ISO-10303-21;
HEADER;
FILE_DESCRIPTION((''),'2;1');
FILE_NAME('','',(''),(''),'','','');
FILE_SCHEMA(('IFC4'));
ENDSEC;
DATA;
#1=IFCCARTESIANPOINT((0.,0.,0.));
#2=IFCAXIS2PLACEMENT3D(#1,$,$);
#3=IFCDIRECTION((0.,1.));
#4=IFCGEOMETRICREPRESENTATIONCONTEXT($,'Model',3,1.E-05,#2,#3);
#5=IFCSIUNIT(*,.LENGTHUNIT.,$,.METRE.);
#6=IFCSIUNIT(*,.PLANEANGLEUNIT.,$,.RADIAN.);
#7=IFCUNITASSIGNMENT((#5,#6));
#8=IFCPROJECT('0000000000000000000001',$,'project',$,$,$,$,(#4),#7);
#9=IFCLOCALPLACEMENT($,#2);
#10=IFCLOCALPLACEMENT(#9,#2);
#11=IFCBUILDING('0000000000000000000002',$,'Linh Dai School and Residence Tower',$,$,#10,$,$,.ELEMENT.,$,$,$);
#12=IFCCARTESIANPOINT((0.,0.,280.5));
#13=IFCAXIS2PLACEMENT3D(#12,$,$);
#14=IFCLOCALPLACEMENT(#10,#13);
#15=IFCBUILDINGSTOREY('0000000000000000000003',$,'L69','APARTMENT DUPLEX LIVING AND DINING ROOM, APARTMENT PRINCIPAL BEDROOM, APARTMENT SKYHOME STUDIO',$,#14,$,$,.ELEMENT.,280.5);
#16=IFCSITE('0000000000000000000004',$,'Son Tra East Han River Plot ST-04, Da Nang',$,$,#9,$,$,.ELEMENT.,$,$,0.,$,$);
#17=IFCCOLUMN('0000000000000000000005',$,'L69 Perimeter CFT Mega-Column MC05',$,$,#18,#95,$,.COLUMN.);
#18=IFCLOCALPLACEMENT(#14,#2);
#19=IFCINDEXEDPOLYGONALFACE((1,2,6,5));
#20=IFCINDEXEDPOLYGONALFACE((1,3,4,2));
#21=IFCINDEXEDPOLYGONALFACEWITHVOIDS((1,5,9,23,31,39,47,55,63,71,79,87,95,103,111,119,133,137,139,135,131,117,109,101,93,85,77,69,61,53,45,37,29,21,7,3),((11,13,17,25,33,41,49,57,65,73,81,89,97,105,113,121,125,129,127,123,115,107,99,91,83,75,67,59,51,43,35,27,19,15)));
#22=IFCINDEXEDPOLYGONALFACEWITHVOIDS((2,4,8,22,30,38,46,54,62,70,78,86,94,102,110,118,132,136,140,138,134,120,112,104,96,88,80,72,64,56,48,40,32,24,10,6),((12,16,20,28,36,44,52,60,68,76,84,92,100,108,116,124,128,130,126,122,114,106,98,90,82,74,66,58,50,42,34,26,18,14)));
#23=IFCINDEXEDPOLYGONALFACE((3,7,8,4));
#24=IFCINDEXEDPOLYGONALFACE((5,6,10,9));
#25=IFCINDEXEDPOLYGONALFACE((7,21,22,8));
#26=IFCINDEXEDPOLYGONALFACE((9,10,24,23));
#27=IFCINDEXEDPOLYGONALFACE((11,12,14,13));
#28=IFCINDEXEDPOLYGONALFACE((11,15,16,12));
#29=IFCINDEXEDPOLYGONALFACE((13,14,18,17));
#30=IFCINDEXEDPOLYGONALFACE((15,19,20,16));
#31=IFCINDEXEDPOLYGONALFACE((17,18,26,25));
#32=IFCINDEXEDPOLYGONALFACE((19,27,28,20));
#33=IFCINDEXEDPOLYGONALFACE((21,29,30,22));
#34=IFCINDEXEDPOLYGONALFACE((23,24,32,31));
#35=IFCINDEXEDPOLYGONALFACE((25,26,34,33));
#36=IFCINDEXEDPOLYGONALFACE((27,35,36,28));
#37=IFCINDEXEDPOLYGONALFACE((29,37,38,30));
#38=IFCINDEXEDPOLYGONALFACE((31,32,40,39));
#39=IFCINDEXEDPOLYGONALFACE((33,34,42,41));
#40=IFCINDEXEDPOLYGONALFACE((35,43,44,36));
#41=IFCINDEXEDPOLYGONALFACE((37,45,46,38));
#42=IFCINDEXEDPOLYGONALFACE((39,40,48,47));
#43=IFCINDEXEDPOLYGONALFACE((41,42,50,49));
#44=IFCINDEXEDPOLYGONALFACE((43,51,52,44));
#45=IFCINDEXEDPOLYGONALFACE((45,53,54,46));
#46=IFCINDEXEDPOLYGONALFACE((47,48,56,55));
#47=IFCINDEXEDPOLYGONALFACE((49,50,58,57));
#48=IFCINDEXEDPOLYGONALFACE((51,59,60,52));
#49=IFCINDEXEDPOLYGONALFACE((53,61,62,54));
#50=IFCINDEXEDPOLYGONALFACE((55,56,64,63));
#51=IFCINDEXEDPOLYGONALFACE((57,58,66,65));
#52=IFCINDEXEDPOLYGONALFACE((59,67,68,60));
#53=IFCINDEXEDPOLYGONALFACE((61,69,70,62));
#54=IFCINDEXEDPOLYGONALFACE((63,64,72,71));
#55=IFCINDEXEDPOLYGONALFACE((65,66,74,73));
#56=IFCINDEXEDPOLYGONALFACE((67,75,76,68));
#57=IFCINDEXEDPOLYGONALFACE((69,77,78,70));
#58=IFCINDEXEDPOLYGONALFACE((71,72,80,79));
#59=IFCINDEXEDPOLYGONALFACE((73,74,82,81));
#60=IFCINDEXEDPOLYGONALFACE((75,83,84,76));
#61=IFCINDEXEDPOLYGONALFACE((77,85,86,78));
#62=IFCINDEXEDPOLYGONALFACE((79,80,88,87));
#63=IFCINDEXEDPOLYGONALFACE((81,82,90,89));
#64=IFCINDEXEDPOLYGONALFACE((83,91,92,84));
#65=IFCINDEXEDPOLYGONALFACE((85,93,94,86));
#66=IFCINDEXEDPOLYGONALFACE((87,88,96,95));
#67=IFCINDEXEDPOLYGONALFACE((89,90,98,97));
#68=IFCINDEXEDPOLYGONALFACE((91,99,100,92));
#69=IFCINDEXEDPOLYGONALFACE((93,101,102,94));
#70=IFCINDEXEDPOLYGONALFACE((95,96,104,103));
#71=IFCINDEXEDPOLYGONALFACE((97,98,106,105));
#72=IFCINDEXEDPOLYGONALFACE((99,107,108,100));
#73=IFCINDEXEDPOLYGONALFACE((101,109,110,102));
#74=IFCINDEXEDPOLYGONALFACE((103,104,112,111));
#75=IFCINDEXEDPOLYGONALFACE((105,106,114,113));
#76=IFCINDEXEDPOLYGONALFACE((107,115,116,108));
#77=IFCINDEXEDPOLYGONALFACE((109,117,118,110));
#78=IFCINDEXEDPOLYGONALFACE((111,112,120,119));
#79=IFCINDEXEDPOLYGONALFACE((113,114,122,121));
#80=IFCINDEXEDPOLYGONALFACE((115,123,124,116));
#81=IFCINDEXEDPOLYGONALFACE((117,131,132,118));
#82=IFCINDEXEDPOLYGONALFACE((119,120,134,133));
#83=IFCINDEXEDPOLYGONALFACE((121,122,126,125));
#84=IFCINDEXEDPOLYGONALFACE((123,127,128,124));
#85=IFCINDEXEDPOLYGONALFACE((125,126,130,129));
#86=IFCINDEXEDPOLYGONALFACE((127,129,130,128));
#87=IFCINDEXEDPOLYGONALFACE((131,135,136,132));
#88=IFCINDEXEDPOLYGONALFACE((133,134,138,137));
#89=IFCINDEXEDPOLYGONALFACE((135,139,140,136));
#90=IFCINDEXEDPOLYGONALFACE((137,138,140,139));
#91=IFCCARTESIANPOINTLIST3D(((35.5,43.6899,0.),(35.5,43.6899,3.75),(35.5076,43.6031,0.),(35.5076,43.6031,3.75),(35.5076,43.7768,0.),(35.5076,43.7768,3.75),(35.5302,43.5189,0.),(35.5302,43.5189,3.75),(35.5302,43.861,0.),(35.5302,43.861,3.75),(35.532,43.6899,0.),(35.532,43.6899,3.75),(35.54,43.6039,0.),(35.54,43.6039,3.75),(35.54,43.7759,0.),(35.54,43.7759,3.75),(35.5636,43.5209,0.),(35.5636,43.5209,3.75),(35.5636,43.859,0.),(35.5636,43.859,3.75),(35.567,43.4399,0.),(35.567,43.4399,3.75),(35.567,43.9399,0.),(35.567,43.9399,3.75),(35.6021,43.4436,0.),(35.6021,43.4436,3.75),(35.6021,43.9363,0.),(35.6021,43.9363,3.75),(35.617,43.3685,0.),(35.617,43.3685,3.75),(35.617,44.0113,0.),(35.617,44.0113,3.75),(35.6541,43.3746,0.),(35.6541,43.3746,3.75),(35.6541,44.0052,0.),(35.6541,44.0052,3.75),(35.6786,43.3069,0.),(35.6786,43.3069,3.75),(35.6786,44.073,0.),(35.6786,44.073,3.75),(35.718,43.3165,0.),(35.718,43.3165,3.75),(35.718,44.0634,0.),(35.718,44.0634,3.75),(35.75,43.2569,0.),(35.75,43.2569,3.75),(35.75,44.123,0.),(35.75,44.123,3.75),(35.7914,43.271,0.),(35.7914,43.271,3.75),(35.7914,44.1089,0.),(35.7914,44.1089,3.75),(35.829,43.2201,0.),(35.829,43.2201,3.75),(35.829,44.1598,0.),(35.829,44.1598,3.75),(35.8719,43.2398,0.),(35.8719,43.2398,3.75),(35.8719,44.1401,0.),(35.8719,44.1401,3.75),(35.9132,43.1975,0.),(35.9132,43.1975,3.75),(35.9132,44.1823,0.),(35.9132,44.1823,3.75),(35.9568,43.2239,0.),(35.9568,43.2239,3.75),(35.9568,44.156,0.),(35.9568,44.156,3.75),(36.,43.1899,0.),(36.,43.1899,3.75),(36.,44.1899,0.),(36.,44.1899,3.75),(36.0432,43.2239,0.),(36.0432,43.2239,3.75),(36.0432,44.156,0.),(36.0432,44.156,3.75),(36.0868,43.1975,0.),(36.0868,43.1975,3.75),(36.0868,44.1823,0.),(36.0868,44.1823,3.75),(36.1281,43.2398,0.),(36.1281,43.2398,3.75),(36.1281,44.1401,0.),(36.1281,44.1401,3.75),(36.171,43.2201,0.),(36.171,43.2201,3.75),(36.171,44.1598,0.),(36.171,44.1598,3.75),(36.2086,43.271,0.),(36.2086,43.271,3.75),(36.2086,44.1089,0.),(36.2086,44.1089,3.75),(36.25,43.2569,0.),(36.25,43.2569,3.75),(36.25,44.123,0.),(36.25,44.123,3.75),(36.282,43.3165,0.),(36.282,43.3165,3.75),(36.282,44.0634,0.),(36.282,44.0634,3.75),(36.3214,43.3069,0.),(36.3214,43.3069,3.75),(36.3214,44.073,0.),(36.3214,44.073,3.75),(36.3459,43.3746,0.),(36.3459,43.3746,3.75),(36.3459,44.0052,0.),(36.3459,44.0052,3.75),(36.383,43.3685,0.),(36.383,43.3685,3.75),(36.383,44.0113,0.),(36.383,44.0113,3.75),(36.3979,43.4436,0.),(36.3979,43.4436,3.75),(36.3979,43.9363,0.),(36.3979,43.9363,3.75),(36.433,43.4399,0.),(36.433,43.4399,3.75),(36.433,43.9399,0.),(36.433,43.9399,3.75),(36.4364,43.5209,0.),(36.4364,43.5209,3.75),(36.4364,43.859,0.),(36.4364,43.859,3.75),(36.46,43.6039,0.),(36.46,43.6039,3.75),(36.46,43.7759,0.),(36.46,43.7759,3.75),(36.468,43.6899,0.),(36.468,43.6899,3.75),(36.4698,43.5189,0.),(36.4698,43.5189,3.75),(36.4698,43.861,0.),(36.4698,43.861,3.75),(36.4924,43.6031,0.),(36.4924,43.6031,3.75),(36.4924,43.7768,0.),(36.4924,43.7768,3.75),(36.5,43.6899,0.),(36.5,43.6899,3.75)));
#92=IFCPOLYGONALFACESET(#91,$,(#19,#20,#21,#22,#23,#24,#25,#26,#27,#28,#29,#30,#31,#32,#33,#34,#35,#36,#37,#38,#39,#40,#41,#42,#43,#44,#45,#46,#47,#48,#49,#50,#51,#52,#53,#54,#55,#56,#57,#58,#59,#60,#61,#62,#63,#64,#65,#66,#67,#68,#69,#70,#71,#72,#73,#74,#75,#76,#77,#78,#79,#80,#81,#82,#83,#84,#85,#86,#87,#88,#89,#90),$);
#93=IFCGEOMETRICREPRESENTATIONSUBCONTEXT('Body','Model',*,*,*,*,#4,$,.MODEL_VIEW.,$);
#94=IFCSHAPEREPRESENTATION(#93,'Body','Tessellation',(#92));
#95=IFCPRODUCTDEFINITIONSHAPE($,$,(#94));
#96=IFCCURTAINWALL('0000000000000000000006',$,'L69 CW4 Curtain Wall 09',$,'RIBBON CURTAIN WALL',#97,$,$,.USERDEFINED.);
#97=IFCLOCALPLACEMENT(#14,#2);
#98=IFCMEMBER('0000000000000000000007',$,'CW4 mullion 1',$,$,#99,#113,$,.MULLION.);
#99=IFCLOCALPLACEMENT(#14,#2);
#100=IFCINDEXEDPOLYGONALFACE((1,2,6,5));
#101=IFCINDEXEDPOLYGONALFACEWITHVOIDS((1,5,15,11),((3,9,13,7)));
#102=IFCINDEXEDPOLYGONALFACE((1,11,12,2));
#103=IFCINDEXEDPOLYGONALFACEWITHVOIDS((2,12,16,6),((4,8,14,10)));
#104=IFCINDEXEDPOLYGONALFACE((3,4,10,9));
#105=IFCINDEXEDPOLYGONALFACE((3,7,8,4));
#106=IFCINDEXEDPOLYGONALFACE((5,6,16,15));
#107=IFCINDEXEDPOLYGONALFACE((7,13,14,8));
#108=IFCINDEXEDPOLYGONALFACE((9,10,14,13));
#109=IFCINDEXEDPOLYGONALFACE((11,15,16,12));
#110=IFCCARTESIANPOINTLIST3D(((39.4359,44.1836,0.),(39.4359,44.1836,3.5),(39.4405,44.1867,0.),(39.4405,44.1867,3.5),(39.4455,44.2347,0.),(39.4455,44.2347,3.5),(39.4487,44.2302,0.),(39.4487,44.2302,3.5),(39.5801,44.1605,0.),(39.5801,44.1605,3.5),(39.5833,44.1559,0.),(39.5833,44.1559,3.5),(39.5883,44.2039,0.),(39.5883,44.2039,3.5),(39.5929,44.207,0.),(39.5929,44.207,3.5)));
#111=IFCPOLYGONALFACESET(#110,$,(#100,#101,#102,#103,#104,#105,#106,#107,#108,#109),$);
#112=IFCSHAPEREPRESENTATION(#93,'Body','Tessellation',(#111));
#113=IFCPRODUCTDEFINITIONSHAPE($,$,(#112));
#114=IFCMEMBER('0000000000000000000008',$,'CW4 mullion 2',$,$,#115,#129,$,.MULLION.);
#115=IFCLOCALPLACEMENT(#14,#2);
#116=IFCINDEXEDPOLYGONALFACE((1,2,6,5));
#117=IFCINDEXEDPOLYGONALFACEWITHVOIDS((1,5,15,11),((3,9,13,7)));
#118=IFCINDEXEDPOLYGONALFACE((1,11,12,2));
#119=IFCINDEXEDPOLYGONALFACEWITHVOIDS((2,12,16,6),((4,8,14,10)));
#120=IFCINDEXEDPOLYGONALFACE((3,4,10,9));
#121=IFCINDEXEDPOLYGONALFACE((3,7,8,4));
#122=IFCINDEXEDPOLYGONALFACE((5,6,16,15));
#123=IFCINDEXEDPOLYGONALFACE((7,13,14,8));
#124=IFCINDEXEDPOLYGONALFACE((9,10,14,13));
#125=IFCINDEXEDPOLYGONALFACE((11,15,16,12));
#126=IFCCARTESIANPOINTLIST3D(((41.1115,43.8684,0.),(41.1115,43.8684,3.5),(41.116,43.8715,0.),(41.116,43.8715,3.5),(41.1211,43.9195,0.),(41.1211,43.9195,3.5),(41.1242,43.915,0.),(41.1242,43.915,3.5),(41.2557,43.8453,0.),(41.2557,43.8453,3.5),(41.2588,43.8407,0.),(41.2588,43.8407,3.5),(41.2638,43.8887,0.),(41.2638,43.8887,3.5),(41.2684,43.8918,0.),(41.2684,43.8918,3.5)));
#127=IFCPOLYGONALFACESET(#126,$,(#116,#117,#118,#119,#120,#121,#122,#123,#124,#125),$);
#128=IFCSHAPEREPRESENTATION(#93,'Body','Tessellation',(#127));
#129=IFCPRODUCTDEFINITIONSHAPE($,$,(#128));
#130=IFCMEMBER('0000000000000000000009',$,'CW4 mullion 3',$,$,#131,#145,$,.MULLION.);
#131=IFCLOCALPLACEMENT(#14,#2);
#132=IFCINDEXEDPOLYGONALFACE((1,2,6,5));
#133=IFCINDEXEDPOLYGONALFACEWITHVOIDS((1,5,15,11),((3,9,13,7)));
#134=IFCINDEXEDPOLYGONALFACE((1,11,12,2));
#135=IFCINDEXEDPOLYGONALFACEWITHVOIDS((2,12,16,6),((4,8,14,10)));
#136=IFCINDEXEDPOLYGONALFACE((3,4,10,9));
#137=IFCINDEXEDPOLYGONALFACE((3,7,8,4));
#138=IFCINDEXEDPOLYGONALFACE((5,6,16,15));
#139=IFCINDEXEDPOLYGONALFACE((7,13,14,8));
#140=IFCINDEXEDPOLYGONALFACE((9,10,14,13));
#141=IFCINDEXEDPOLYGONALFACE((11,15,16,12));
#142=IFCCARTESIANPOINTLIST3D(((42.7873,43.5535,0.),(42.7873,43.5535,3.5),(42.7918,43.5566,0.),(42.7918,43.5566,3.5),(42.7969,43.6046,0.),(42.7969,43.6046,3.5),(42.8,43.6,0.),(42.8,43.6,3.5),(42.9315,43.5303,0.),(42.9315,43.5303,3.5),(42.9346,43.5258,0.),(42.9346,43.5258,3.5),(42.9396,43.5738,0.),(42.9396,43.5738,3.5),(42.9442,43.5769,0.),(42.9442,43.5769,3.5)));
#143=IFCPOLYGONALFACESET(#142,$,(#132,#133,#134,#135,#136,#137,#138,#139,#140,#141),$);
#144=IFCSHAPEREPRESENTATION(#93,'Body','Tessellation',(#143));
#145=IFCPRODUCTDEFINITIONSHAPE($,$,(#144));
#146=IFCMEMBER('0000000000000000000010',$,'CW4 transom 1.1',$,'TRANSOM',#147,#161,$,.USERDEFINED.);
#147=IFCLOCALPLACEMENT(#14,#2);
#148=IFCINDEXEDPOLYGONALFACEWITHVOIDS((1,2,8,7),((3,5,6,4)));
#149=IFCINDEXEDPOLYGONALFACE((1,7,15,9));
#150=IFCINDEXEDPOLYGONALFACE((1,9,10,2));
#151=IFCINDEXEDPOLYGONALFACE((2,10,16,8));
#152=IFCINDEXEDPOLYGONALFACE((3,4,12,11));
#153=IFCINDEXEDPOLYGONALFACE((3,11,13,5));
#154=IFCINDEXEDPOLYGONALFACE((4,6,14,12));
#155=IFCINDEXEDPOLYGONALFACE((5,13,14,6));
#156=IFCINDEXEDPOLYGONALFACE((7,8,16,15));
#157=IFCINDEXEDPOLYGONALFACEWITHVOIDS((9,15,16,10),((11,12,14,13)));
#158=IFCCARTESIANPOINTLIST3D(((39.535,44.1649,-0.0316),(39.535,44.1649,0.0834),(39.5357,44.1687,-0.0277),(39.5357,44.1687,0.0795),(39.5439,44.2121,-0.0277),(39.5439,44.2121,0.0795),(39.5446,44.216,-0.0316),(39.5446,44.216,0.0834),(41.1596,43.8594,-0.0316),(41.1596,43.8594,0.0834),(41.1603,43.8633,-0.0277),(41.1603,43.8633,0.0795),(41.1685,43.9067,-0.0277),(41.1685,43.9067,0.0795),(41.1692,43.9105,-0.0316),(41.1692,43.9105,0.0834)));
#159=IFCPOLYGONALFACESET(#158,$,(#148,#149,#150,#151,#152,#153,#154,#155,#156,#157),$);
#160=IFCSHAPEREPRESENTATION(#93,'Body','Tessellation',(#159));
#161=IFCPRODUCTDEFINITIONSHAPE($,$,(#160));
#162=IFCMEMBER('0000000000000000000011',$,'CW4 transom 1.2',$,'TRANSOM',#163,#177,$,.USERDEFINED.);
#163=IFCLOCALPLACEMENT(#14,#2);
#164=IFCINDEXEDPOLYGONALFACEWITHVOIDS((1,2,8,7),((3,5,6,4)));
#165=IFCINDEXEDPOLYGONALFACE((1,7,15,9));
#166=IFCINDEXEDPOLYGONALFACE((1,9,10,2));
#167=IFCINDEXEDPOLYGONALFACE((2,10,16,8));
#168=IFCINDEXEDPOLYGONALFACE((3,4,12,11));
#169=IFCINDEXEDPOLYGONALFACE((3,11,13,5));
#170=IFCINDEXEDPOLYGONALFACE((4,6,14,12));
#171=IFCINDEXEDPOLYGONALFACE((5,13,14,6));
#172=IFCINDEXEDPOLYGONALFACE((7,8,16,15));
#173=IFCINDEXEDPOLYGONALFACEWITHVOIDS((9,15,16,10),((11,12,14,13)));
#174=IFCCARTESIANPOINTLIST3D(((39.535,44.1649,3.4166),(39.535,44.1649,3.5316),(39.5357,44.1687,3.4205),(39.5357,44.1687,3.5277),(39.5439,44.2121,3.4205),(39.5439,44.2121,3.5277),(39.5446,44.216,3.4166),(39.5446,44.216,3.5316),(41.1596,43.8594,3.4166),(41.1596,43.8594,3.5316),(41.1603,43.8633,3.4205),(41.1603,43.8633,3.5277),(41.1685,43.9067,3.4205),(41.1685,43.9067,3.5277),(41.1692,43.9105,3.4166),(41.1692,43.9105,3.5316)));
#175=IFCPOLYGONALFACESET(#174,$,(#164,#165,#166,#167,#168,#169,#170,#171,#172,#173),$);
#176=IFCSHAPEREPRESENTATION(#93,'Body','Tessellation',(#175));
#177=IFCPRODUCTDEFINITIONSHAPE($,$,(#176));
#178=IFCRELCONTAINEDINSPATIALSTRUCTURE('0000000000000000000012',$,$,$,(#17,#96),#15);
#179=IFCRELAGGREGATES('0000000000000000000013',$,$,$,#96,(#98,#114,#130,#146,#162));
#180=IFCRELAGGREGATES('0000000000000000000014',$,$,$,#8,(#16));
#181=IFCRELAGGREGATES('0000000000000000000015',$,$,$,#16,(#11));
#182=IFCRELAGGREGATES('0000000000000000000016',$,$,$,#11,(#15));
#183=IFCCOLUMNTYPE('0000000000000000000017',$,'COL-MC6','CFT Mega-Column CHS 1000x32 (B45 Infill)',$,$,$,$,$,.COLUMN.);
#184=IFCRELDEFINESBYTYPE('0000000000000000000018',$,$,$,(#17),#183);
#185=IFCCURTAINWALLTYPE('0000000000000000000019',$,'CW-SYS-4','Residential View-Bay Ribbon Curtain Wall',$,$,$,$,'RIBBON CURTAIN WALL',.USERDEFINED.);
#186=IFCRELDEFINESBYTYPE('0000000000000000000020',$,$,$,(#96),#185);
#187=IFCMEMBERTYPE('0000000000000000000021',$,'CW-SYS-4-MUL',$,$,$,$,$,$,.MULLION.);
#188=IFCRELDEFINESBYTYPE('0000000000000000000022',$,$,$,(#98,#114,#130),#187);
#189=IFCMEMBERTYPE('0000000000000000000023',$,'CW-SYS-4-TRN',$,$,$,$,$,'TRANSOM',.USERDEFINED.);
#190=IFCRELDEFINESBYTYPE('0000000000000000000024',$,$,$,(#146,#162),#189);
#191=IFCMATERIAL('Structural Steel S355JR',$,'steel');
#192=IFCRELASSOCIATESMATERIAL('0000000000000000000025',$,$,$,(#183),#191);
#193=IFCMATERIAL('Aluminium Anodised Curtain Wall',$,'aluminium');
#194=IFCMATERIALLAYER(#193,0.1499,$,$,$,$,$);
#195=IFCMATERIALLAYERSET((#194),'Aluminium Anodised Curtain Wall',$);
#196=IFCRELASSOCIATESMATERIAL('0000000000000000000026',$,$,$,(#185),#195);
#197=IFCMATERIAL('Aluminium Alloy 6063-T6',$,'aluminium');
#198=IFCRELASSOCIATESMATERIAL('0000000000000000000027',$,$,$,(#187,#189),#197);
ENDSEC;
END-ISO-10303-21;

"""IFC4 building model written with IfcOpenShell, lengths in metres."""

from ifc_helpers import new_model, si_unit, direction, frame, origin, origin_2d, place, context, subcontext, project, spatial, hollow_rectangle, hollow_circle, extrude, source, transform, mapped, material, layer, layer_set, material_profile, profile_set, type_object, element, aggregate, save


model = new_model("IFC4")

# Units and contexts
model_context = context("Model", 3, precision=1e-05, world=origin(), true_north=direction((0.0, 1.0)))
body_context = subcontext(model_context, "Body", "Model", "MODEL_VIEW")
ifc_project = project(units=[si_unit("LENGTHUNIT", "METRE"), si_unit("PLANEANGLEUNIT", "RADIAN")], contexts=[model_context])

# Site, building, storey
site_placement = place(None, origin())
site = spatial("IfcSite", under=ifc_project, at=site_placement, Name="Son Tra East Han River Plot ST-04, Da Nang", CompositionType="ELEMENT", RefElevation=0.0)
building_placement = place(site_placement, origin())
building = spatial("IfcBuilding", under=site, at=building_placement, Name="Linh Dai School and Residence Tower", CompositionType="ELEMENT")
storey_placement = place(building_placement, frame((0.0, 0.0, 280.5)))
storey = spatial("IfcBuildingStorey", under=building, at=storey_placement, Name="L69", Description="APARTMENT DUPLEX LIVING AND DINING ROOM, APARTMENT PRINCIPAL BEDROOM, APARTMENT SKYHOME STUDIO", CompositionType="ELEMENT", Elevation=280.5)

# Column
ifc_material_1 = material(Name="Structural Steel S355JR", Category="steel")
ifc_material_profile_1 = material_profile(ifc_material_1, hollow_circle(Radius=0.5, WallThickness=0.032, at=origin_2d()), Name="CHS 1000x32")
ifc_profile_set_1 = profile_set([ifc_material_profile_1], Name="Structural Steel S355JR")
column_type = type_object("IfcColumnType", Name="COL-MC6", Description="CFT Mega-Column CHS 1000x32 (B45 Infill)", PredefinedType="COLUMN", material=ifc_profile_set_1)
column_placement = place(storey_placement, frame((36.0, 43.6899, 0.0), z_axis=(0.0, 0.0, 1.0), x_axis=(1.0, 0.0, 0.0)))
element("IfcColumn", 1, at=column_placement, inside=storey, type_object=column_type, Name="L69 Perimeter CFT Mega-Column MC05", PredefinedType="COLUMN", context=body_context, shape_type="SweptSolid", body=[
    extrude(hollow_circle(Radius=0.5, WallThickness=0.032, at=origin_2d()), origin(), (0.0, 0.0, 1.0), 3.75),
])

# Curtain wall, members
ifc_material_2 = material(Name="Aluminium Anodised Curtain Wall", Category="aluminium")
ifc_layer_1 = layer(ifc_material_2, 0.1499)
ifc_layer_set_1 = layer_set([ifc_layer_1], Name="Aluminium Anodised Curtain Wall")
curtain_wall_type = type_object("IfcCurtainWallType", Name="CW-SYS-4", Description="Residential View-Bay Ribbon Curtain Wall", ElementType="RIBBON CURTAIN WALL", PredefinedType="USERDEFINED", material=ifc_layer_set_1)
curtain_wall_placement = place(storey_placement, origin())
curtain_wall = element("IfcCurtainWall", 2, at=curtain_wall_placement, inside=storey, type_object=curtain_wall_type, Name="L69 CW4 Curtain Wall 09", ObjectType="RIBBON CURTAIN WALL", PredefinedType="USERDEFINED")
ifc_material_3 = material(Name="Aluminium Alloy 6063-T6", Category="aluminium")
ifc_material_profile_2 = material_profile(ifc_material_3, hollow_rectangle(XDim=0.052, YDim=0.1499, WallThickness=0.0039, at=origin_2d()), Name="RHS 150x52x4")
ifc_profile_set_2 = profile_set([ifc_material_profile_2], Name="Aluminium Alloy 6063-T6")
member_type_1 = type_object("IfcMemberType", Name="CW-SYS-4-MUL", PredefinedType="MULLION", material=ifc_profile_set_2)
shared_shape_1 = source(origin(), body_context, "Body", "SweptSolid", [
    extrude(hollow_rectangle(XDim=0.052, YDim=0.1499, WallThickness=0.0039, at=origin_2d()), origin(), (0.0, 0.0, 1.0), 3.5),
])
member_1_placement = place(storey_placement, frame((39.5144, 44.1953, 0.0), z_axis=(0.0, 0.0, 1.0), x_axis=(0.184751, 0.982785, 0.0)))
member_1 = element("IfcMember", 3, at=member_1_placement, type_object=member_type_1, Name="CW4 mullion 1", PredefinedType="MULLION", context=body_context, shape_type="MappedRepresentation", body=[
    mapped(shared_shape_1, transform((0.0, 0.0, 0.0), x_axis=(1.0, 0.0, 0.0), y_axis=(0.0, 1.0, 0.0), z_axis=(0.0, 0.0, 1.0), scale=1.0)),
])
member_2_placement = place(storey_placement, frame((41.1899, 43.8801, 0.0), z_axis=(0.0, 0.0, 1.0), x_axis=(0.184751, 0.982785, 0.0)))
member_2 = element("IfcMember", 4, at=member_2_placement, type_object=member_type_1, Name="CW4 mullion 2", PredefinedType="MULLION", context=body_context, shape_type="MappedRepresentation", body=[
    mapped(shared_shape_1, transform((0.0, 0.0, 0.0), x_axis=(1.0, 0.0, 0.0), y_axis=(0.0, 1.0, 0.0), z_axis=(0.0, 0.0, 1.0), scale=1.0)),
])
member_3_placement = place(storey_placement, frame((42.8657, 43.5652, 0.0), z_axis=(0.0, 0.0, 1.0), x_axis=(0.184751, 0.982785, 0.0)))
member_3 = element("IfcMember", 5, at=member_3_placement, type_object=member_type_1, Name="CW4 mullion 3", PredefinedType="MULLION", context=body_context, shape_type="MappedRepresentation", body=[
    mapped(shared_shape_1, transform((0.0, 0.0, 0.0), x_axis=(1.0, 0.0, 0.0), y_axis=(0.0, 1.0, 0.0), z_axis=(0.0, 0.0, 1.0), scale=1.0)),
])
ifc_material_profile_3 = material_profile(ifc_material_3, hollow_rectangle(XDim=0.052, YDim=0.115, WallThickness=0.0039, at=origin_2d()), Name="RHS 115x52x4")
ifc_profile_set_3 = profile_set([ifc_material_profile_3], Name="Aluminium Alloy 6063-T6")
member_type_2 = type_object("IfcMemberType", Name="CW-SYS-4-TRN", ElementType="TRANSOM", PredefinedType="USERDEFINED", material=ifc_profile_set_3)
shared_shape_2 = source(origin(), body_context, "Body", "SweptSolid", [
    extrude(hollow_rectangle(XDim=0.052, YDim=0.115, WallThickness=0.0039, at=origin_2d()), origin(), (0.0, 0.0, 1.0), 1.6531),
])
member_4_placement = place(storey_placement, frame((39.5398, 44.1904, 0.0259), z_axis=(0.982782, -0.18477, 0.0), x_axis=(0.18477, 0.982782, 0.0)))
member_4 = element("IfcMember", 6, at=member_4_placement, type_object=member_type_2, Name="CW4 transom 1.1", ObjectType="TRANSOM", PredefinedType="USERDEFINED", context=body_context, shape_type="MappedRepresentation", body=[
    mapped(shared_shape_2, transform((0.0, 0.0, 0.0), x_axis=(1.0, 0.0, 0.0), y_axis=(0.0, 1.0, 0.0), z_axis=(0.0, 0.0, 1.0), scale=1.0)),
])
member_5_placement = place(storey_placement, frame((39.5398, 44.1904, 3.4741), z_axis=(0.982782, -0.18477, 0.0), x_axis=(0.18477, 0.982782, 0.0)))
member_5 = element("IfcMember", 7, at=member_5_placement, type_object=member_type_2, Name="CW4 transom 1.2", ObjectType="TRANSOM", PredefinedType="USERDEFINED", context=body_context, shape_type="MappedRepresentation", body=[
    mapped(shared_shape_2, transform((0.0, 0.0, 0.0), x_axis=(1.0, 0.0, 0.0), y_axis=(0.0, 1.0, 0.0), z_axis=(0.0, 0.0, 1.0), scale=1.0)),
])

aggregate(curtain_wall, [member_1, member_2, member_3, member_4, member_5])

save(model, "model.ifc")
